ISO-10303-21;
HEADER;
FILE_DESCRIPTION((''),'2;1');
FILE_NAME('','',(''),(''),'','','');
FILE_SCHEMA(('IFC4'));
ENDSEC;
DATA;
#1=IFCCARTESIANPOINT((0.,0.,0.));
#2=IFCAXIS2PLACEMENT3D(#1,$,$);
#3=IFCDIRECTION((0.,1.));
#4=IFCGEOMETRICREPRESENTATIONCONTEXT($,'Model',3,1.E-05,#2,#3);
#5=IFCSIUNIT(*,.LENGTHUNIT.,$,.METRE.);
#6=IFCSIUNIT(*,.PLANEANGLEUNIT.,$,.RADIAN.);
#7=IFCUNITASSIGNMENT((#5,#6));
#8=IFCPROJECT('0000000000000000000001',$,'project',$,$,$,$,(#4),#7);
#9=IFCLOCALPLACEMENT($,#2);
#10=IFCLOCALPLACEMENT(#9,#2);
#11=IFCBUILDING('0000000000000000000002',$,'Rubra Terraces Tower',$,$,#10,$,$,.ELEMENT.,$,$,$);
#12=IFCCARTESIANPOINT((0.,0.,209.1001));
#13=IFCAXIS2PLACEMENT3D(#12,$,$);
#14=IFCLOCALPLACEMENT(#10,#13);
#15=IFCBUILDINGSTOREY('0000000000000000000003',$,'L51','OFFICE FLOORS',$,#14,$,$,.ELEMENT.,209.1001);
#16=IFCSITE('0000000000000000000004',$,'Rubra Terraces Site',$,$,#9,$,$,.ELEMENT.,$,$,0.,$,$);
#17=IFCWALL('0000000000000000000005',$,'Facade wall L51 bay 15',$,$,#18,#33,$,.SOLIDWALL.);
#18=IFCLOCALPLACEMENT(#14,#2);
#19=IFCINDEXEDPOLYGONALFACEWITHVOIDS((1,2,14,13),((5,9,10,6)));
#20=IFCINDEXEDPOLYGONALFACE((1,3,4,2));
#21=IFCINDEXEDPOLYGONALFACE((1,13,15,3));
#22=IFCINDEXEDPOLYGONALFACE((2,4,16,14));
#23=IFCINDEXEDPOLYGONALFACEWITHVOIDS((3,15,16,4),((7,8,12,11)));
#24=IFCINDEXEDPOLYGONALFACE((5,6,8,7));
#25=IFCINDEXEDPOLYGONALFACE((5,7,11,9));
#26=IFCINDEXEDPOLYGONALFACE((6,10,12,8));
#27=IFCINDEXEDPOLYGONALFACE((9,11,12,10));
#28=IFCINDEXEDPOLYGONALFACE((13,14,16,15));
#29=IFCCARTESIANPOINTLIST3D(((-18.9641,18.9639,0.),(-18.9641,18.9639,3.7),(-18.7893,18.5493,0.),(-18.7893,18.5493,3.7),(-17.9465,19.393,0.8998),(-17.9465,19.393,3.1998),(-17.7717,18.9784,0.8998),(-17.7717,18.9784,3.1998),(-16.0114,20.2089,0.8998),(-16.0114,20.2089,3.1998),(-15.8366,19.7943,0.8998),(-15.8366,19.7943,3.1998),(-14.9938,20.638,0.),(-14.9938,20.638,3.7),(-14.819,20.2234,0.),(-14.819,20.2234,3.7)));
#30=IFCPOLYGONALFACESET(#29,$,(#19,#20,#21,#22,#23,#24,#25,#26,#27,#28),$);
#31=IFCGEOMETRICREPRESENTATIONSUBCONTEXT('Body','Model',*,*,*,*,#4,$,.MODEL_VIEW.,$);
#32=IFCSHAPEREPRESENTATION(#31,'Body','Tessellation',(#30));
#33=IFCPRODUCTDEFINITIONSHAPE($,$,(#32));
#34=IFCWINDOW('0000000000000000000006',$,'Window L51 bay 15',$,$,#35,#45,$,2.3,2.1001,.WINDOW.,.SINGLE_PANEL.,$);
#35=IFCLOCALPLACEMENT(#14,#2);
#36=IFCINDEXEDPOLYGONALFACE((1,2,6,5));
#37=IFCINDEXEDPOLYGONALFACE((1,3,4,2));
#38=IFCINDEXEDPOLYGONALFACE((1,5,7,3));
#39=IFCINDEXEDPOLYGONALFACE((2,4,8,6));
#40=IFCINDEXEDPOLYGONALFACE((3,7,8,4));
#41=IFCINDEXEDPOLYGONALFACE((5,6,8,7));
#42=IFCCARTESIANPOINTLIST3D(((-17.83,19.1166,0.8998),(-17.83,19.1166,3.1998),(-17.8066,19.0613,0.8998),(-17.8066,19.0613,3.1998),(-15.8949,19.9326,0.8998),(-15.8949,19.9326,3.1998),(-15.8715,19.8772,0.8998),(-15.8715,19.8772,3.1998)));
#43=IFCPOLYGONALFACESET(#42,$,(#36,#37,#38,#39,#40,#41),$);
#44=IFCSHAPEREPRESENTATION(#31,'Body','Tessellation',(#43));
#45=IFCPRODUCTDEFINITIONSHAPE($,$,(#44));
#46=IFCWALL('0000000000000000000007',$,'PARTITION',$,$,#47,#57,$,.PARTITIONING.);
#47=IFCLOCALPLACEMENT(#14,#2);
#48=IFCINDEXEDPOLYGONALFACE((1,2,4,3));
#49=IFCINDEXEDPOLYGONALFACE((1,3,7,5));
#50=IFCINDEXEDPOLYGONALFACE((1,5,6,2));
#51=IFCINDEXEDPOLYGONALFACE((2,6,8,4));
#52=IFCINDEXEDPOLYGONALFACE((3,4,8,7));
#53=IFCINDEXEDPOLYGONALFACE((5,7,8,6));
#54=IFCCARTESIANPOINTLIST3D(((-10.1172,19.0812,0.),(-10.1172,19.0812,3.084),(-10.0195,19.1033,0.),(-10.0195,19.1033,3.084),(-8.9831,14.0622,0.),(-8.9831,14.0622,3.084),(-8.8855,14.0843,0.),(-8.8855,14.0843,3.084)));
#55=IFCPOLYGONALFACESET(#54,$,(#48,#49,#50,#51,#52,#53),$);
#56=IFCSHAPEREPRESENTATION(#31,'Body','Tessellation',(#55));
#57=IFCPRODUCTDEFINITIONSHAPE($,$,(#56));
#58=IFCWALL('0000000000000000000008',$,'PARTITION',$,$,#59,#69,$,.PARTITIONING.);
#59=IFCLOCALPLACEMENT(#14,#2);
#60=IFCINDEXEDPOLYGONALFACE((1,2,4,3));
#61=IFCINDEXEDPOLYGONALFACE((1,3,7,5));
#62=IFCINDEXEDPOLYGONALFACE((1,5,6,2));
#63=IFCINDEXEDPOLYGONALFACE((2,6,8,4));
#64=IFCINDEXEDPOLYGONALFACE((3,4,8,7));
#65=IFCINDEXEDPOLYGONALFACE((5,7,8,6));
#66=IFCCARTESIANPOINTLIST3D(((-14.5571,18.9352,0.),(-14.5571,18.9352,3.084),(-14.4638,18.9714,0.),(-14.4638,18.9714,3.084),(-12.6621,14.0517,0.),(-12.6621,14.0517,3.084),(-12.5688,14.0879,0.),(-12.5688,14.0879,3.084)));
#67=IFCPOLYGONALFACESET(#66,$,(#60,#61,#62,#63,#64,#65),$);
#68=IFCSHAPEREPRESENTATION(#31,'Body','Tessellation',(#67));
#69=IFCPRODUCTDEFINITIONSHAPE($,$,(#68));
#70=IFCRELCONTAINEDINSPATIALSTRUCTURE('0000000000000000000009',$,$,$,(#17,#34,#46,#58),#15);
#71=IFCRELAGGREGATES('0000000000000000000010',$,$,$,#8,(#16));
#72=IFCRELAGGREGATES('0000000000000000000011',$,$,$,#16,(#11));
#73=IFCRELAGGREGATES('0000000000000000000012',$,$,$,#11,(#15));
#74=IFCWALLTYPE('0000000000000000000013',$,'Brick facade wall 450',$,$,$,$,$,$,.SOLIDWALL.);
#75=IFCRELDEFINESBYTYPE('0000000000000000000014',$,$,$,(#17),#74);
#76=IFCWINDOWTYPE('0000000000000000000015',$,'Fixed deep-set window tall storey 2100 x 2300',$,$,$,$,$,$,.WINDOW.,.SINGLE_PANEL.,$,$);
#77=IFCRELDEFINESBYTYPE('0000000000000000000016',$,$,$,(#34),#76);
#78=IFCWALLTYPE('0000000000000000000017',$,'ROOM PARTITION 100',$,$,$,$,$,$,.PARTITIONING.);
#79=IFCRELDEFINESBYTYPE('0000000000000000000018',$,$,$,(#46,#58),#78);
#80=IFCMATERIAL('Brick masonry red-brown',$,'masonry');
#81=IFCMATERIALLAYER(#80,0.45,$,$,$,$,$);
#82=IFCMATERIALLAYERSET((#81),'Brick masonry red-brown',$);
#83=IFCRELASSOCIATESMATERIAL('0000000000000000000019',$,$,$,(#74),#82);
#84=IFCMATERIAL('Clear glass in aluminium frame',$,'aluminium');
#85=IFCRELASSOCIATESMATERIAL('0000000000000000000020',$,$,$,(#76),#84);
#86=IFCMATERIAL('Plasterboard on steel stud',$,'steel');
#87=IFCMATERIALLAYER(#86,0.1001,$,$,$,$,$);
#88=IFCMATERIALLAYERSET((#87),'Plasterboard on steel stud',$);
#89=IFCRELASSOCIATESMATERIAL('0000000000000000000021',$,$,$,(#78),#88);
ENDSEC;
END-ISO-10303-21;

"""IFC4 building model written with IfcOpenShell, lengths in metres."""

from ifc_helpers import new_model, si_unit, direction, frame, frame_2d, origin, place, context, subcontext, project, spatial, rectangle, extrude, material, layer, layer_set, type_object, element, fill, save


model = new_model("IFC4")

# Units and contexts
model_context = context("Model", 3, precision=1e-05, world=origin(), true_north=direction((0.0, 1.0)))
body_context = subcontext(model_context, "Body", "Model", "MODEL_VIEW")
ifc_project = project(units=[si_unit("LENGTHUNIT", "METRE"), si_unit("PLANEANGLEUNIT", "RADIAN")], contexts=[model_context])

# Site, building, storey
site_placement = place(None, origin())
site = spatial("IfcSite", under=ifc_project, at=site_placement, Name="Rubra Terraces Site", CompositionType="ELEMENT", RefElevation=0.0)
building_placement = place(site_placement, origin())
building = spatial("IfcBuilding", under=site, at=building_placement, Name="Rubra Terraces Tower", CompositionType="ELEMENT")
storey_placement = place(building_placement, frame((0.0, 0.0, 209.1001)))
storey = spatial("IfcBuildingStorey", under=building, at=storey_placement, Name="L51", Description="OFFICE FLOORS", CompositionType="ELEMENT", Elevation=209.1001)

# Wall, opening, window
ifc_material_1 = material(Name="Brick masonry red-brown", Category="masonry")
ifc_layer_1 = layer(ifc_material_1, 0.45)
ifc_layer_set_1 = layer_set([ifc_layer_1], Name="Brick masonry red-brown")
wall_type_1 = type_object("IfcWallType", Name="Brick facade wall 450", PredefinedType="SOLIDWALL", material=ifc_layer_set_1)
ifc_material_2 = material(Name="Clear glass in aluminium frame", Category="aluminium")
window_type = type_object("IfcWindowType", Name="Fixed deep-set window tall storey 2100 x 2300", PartitioningType="SINGLE_PANEL", PredefinedType="WINDOW", material=ifc_material_2)
wall_1_placement = place(storey_placement, frame((-14.9065, 20.4307, 0.0), z_axis=(0.0, 0.0, 1.0), x_axis=(-0.921436, -0.388531, 0.0)))
wall_1 = element("IfcWall", 1, at=wall_1_placement, inside=storey, type_object=wall_type_1, Name="Facade wall L51 bay 15", PredefinedType="SOLIDWALL", context=body_context, shape_type="SweptSolid", body=[
    extrude(rectangle(XDim=4.3088, YDim=0.45, at=frame_2d((2.1543, 0.0))), origin(), (0.0, 0.0, 1.0), 3.7),
])
opening_1_placement = place(wall_1_placement, frame((1.1042, 0.0, 0.8999)))
opening_1 = element("IfcOpeningElement", 2, at=opening_1_placement, cuts=wall_1, PredefinedType="OPENING", context=body_context, shape_type="SweptSolid", body=[
    extrude(rectangle(XDim=2.1001, YDim=2.3, at=frame_2d((1.05, 1.1499))), frame((0.0, 0.2349, 0.0), z_axis=(0.0, -1.0, 0.0), x_axis=(1.0, 0.0, 0.0)), (0.0, 0.0, 1.0), 0.47),
])
window_1_placement = place(opening_1_placement, origin())
window_1 = element("IfcWindow", 3, at=window_1_placement, inside=storey, type_object=window_type, Name="Window L51 bay 15", OverallHeight=2.3, OverallWidth=2.1001, PartitioningType="SINGLE_PANEL", PredefinedType="WINDOW", context=body_context, shape_type="SweptSolid", body=[
    extrude(rectangle(XDim=2.1001, YDim=2.3, at=frame_2d((1.05, 1.1499))), frame((0.0, 0.135, 0.0), z_axis=(0.0, -1.0, 0.0), x_axis=(1.0, 0.0, 0.0)), (0.0, 0.0, 1.0), 0.0601),
])
fill(opening_1, window_1)

# Walls
ifc_material_3 = material(Name="Plasterboard on steel stud", Category="steel")
ifc_layer_2 = layer(ifc_material_3, 0.1001)
ifc_layer_set_2 = layer_set([ifc_layer_2], Name="Plasterboard on steel stud")
wall_type_2 = type_object("IfcWallType", Name="ROOM PARTITION 100", PredefinedType="PARTITIONING", material=ifc_layer_set_2)
wall_2_placement = place(storey_placement, frame((-8.9343, 14.0732, 0.0), z_axis=(0.0, 0.0, 1.0), x_axis=(-0.22039, 0.975412, 0.0)))
element("IfcWall", 4, at=wall_2_placement, inside=storey, type_object=wall_type_2, Name="PARTITION", PredefinedType="PARTITIONING", context=body_context, shape_type="SweptSolid", body=[
    extrude(rectangle(XDim=5.1455, YDim=0.1001, at=frame_2d((2.5728, 0.0))), origin(), (0.0, 0.0, 1.0), 3.084),
])
wall_3_placement = place(storey_placement, frame((-12.6155, 14.0698, 0.0), z_axis=(0.0, 0.0, 1.0), x_axis=(-0.36176, 0.932271, 0.0)))
element("IfcWall", 5, at=wall_3_placement, inside=storey, type_object=wall_type_2, Name="PARTITION", PredefinedType="PARTITIONING", context=body_context, shape_type="SweptSolid", body=[
    extrude(rectangle(XDim=5.2383, YDim=0.1001, at=frame_2d((2.6191, 0.0))), origin(), (0.0, 0.0, 1.0), 3.084),
])

save(model, "model.ifc")
